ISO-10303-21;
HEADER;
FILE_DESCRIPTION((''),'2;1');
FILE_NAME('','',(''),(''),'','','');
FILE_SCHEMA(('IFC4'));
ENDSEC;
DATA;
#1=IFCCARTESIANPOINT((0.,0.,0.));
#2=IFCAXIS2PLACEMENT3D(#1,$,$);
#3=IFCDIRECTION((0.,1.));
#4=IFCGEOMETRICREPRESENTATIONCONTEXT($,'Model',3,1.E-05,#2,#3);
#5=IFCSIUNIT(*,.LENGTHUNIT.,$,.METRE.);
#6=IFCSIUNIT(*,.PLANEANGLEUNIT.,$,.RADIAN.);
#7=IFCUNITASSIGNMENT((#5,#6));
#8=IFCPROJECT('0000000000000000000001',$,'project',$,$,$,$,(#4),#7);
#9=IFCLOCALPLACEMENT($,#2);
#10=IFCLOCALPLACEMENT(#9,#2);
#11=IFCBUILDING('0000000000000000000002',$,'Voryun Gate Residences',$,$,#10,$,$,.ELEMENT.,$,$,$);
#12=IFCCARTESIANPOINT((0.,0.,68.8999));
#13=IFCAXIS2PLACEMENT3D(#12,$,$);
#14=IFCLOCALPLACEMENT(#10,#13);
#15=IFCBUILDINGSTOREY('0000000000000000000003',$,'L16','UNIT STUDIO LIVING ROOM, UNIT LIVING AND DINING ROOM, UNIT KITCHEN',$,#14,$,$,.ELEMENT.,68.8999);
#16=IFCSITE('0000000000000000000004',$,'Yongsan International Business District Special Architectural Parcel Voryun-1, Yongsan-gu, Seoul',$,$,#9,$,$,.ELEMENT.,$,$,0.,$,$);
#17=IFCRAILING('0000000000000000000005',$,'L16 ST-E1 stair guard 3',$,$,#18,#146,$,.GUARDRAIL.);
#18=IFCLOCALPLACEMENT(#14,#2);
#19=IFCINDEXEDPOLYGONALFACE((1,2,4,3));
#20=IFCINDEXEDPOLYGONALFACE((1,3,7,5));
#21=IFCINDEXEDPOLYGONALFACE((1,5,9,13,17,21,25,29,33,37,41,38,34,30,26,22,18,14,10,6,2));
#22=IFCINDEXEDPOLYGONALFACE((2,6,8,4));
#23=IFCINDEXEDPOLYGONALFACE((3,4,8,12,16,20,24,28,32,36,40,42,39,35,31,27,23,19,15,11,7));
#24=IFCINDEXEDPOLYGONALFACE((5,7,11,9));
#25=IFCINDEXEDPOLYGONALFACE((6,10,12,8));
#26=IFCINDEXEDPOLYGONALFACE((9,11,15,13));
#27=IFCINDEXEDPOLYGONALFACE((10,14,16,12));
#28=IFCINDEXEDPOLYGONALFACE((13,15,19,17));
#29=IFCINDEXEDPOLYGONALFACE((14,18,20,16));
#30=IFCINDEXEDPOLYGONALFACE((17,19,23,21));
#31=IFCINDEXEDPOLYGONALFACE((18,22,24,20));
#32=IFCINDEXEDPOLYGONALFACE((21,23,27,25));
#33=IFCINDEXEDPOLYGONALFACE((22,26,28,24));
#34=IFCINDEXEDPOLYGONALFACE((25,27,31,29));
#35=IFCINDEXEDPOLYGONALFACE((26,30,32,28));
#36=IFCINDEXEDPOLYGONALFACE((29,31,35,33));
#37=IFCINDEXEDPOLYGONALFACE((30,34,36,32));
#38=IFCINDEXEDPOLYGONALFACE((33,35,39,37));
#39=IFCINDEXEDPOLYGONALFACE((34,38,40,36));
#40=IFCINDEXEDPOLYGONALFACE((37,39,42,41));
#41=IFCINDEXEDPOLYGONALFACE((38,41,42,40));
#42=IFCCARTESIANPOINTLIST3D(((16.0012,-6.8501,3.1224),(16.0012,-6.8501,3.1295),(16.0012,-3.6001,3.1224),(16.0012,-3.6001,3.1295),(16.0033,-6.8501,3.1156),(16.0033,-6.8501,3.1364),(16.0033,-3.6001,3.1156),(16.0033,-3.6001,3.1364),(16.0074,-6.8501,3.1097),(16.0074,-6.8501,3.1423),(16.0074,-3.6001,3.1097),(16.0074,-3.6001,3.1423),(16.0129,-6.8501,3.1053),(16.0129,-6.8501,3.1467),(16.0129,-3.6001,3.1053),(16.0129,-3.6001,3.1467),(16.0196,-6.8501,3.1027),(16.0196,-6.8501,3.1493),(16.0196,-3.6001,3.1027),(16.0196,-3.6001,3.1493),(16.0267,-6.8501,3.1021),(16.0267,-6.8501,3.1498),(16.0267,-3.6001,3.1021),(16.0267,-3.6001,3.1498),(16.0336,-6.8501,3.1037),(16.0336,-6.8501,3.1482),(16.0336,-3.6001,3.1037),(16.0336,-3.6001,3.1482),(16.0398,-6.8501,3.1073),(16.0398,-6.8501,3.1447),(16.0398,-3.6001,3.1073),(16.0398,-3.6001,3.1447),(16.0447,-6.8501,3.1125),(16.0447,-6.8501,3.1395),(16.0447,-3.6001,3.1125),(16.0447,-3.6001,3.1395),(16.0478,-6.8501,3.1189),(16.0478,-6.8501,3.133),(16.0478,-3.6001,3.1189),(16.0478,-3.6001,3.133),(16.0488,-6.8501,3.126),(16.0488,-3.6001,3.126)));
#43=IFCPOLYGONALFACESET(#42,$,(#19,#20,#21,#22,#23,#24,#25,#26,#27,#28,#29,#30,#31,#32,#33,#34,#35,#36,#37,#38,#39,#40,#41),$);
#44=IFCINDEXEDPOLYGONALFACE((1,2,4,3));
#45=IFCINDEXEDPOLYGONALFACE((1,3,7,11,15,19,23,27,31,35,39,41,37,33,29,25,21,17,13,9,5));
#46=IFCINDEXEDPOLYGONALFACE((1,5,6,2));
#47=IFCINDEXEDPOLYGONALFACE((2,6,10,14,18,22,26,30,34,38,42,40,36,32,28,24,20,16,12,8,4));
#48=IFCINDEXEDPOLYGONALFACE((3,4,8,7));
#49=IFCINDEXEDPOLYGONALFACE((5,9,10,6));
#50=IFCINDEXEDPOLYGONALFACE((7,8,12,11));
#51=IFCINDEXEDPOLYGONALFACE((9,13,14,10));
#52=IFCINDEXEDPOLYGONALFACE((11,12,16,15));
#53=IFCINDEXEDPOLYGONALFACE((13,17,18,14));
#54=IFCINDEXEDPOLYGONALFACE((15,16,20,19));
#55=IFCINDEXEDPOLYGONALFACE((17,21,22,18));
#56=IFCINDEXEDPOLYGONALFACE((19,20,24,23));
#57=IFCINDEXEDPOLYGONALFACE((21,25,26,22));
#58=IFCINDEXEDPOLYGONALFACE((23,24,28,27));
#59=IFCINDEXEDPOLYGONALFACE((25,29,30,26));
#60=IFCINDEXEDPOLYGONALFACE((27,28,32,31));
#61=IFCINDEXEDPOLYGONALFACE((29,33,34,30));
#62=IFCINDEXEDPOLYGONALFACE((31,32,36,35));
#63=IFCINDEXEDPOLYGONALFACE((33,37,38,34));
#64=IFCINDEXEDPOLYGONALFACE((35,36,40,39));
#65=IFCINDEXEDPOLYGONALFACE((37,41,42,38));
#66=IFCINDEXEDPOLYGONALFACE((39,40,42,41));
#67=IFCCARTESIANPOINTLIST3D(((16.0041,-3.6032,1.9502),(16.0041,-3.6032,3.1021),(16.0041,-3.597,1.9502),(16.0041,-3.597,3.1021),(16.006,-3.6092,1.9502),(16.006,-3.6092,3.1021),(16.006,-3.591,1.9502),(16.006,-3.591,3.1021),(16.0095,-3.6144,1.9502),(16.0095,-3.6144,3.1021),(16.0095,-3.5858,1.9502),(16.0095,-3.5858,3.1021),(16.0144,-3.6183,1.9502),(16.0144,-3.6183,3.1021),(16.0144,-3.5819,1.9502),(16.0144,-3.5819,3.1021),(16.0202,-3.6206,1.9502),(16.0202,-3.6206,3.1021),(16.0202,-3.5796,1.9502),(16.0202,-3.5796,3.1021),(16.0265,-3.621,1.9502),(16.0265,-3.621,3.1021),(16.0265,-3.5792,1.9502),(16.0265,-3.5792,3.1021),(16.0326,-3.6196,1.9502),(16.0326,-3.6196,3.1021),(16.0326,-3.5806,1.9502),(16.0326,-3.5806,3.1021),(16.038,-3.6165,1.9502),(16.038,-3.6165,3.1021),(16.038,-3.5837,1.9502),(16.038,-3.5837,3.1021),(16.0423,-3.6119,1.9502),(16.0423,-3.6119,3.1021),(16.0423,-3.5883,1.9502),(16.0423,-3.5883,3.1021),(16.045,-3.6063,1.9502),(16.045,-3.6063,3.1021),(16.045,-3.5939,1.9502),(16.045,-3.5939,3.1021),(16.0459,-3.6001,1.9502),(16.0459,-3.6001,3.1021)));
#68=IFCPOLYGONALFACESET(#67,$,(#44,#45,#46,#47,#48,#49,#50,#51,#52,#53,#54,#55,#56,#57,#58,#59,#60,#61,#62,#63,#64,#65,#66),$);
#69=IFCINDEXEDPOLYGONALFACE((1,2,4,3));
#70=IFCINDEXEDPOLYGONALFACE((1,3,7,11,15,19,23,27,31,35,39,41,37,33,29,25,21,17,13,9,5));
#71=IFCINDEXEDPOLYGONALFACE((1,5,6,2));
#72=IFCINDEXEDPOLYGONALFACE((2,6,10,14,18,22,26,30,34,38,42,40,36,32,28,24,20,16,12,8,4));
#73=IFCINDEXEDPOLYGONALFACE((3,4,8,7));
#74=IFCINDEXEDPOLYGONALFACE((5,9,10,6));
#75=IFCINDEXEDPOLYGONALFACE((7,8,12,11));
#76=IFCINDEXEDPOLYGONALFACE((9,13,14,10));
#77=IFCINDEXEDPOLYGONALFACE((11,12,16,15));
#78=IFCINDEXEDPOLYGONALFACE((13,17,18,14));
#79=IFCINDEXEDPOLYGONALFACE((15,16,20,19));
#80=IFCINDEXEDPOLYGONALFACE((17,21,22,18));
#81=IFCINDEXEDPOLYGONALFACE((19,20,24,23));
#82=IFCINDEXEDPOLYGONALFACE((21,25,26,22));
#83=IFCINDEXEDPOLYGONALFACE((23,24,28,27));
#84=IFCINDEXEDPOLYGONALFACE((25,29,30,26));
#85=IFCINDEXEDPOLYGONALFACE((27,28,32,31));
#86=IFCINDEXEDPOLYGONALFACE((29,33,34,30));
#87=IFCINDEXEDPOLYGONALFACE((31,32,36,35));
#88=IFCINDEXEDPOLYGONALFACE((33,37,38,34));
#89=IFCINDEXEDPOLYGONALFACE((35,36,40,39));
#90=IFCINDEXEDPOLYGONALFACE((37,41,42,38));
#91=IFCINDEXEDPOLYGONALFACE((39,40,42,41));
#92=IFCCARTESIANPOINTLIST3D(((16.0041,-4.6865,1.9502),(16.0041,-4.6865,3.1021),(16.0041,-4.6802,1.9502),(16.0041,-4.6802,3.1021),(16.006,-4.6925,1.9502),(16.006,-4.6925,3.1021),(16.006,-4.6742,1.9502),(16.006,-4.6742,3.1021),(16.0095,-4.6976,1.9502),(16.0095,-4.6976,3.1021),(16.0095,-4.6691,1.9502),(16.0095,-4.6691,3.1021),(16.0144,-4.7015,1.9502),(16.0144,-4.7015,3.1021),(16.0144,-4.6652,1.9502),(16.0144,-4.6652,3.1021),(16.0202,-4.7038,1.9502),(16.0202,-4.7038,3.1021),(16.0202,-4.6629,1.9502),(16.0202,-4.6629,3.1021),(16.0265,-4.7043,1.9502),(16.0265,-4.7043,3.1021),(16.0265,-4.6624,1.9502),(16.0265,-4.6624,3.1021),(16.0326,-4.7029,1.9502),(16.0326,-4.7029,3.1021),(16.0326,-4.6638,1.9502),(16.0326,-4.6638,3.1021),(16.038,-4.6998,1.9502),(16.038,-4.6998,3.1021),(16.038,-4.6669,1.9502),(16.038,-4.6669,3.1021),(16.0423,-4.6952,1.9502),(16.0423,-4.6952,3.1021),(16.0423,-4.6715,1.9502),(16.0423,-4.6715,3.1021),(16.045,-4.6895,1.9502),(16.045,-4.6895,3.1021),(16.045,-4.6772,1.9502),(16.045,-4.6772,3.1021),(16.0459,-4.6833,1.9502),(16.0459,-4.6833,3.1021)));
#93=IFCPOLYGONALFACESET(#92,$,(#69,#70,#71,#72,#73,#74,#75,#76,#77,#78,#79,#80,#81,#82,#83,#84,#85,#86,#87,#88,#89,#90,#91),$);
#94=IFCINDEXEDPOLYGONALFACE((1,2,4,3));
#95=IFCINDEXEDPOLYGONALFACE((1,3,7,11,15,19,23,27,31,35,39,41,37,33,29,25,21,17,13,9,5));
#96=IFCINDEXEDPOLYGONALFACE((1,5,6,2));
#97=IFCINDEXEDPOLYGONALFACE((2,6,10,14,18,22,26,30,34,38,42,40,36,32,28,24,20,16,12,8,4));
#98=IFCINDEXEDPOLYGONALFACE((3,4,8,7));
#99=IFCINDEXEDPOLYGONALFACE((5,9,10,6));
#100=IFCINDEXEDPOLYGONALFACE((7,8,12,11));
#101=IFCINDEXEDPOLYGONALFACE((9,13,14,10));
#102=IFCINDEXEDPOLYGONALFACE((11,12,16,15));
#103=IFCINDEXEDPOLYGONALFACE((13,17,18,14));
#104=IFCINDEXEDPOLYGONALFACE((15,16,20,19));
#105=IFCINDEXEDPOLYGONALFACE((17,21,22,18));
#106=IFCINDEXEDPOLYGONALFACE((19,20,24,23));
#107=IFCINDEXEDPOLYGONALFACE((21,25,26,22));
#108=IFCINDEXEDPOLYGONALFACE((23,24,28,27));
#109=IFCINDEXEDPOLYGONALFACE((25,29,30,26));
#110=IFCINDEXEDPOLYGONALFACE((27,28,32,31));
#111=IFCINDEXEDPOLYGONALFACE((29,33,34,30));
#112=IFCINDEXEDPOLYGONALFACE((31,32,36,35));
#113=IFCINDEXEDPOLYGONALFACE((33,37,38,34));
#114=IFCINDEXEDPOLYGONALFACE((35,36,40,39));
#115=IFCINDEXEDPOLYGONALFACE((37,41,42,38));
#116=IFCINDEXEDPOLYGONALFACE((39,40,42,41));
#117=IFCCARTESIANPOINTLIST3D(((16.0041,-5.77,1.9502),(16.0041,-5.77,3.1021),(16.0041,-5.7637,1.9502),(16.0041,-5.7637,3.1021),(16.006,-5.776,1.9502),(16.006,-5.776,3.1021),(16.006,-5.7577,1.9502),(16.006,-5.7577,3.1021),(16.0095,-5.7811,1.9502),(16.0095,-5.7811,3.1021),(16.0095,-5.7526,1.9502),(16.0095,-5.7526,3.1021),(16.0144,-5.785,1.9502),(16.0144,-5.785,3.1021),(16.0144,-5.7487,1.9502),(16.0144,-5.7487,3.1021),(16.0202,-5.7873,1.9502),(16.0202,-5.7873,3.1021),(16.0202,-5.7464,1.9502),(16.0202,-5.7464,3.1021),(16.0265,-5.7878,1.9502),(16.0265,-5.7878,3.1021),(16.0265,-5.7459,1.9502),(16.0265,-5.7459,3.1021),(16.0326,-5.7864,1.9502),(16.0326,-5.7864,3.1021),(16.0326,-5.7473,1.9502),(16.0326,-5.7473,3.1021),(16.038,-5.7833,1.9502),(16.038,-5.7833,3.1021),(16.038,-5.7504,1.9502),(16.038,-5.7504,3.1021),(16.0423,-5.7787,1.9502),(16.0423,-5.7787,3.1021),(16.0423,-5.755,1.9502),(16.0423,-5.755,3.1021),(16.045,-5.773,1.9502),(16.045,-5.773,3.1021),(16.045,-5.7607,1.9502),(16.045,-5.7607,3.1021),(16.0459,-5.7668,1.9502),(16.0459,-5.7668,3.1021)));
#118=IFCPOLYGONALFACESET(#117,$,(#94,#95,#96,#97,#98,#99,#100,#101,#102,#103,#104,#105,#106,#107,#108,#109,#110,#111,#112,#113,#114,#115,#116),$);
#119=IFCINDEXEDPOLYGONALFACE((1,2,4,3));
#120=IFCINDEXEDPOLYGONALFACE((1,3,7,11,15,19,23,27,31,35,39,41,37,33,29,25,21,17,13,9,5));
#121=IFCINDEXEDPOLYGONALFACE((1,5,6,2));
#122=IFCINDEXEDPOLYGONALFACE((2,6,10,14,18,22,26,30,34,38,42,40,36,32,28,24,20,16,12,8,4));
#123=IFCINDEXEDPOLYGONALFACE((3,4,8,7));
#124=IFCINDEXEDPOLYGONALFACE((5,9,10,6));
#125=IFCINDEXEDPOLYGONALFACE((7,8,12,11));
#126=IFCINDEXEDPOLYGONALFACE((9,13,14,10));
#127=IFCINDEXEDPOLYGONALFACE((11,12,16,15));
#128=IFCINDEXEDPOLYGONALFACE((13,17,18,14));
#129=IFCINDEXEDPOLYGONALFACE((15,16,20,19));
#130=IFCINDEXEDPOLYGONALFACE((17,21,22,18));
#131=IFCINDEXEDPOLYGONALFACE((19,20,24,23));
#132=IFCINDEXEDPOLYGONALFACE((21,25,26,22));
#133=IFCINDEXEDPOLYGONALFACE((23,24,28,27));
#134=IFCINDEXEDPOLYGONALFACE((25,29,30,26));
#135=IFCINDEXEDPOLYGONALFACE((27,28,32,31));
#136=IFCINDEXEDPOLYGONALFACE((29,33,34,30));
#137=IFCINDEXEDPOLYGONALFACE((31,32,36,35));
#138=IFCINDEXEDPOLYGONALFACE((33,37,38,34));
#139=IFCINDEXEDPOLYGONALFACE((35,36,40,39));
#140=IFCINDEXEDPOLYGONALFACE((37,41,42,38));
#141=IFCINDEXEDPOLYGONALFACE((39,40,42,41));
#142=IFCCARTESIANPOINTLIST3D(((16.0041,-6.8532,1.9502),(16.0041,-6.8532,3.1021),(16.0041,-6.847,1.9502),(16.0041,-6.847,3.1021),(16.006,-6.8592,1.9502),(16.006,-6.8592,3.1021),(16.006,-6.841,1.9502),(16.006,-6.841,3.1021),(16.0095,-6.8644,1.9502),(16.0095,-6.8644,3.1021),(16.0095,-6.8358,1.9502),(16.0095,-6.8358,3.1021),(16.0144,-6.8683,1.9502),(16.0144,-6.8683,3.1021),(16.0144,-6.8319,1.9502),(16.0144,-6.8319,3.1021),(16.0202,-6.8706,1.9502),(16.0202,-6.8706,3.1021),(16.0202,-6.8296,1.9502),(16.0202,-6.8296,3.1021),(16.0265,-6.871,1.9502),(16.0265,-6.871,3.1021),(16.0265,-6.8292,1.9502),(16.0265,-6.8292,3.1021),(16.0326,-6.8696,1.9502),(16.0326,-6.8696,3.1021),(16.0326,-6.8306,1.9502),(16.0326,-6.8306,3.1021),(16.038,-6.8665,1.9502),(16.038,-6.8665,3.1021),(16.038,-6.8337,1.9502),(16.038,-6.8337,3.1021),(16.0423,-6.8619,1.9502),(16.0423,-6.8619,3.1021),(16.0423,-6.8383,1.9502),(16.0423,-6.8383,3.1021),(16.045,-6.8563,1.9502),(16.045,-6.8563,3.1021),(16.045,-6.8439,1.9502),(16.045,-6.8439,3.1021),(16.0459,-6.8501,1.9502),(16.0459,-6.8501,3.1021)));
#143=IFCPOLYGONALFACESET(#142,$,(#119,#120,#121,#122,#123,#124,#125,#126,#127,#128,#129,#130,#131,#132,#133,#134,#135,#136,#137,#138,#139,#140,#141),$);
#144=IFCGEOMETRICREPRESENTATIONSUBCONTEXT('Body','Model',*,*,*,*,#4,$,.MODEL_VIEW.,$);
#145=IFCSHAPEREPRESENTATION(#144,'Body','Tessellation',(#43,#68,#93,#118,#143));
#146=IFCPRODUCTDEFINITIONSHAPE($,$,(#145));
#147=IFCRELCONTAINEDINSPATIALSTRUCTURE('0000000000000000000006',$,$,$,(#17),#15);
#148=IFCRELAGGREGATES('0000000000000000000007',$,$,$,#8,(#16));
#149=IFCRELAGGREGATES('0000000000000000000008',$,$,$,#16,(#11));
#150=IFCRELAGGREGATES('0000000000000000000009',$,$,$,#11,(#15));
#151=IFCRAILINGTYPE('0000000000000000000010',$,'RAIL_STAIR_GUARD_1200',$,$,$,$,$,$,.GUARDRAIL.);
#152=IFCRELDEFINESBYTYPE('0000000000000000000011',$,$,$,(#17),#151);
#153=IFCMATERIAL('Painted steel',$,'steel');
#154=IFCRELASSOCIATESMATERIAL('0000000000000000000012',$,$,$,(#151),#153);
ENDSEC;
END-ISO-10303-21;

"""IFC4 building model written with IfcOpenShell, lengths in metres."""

from ifc_helpers import new_model, si_unit, direction, frame, origin, origin_2d, place, context, subcontext, project, spatial, circle, extrude, material, type_object, element, save


model = new_model("IFC4")

# Units and contexts
model_context = context("Model", 3, precision=1e-05, world=origin(), true_north=direction((0.0, 1.0)))
body_context = subcontext(model_context, "Body", "Model", "MODEL_VIEW")
ifc_project = project(units=[si_unit("LENGTHUNIT", "METRE"), si_unit("PLANEANGLEUNIT", "RADIAN")], contexts=[model_context])

# Site, building, storey
site_placement = place(None, origin())
site = spatial("IfcSite", under=ifc_project, at=site_placement, Name="Yongsan International Business District Special Architectural Parcel Voryun-1, Yongsan-gu, Seoul", CompositionType="ELEMENT", RefElevation=0.0)
building_placement = place(site_placement, origin())
building = spatial("IfcBuilding", under=site, at=building_placement, Name="Voryun Gate Residences", CompositionType="ELEMENT")
storey_placement = place(building_placement, frame((0.0, 0.0, 68.8999)))
storey = spatial("IfcBuildingStorey", under=building, at=storey_placement, Name="L16", Description="UNIT STUDIO LIVING ROOM, UNIT LIVING AND DINING ROOM, UNIT KITCHEN", CompositionType="ELEMENT", Elevation=68.8999)

# Railing
ifc_material_1 = material(Name="Painted steel", Category="steel")
railing_type_1 = type_object("IfcRailingType", Name="RAIL_STAIR_GUARD_1200", PredefinedType="GUARDRAIL", material=ifc_material_1)
for number, where, name in (
    (1, (16.0249, -3.6001, 1.9502), "L16 ST-E1 stair guard 3"),
):
    element("IfcRailing", number, at=place(storey_placement, frame(where)), inside=storey, type_object=railing_type_1, Name=name, PredefinedType="GUARDRAIL", context=body_context, shape_type="SweptSolid", body=[
        extrude(circle(Radius=0.0239, at=origin_2d()), frame((0.0, 0.0, 1.1758), z_axis=(0.0, -1.0, 0.0), x_axis=(1.0, 0.0, 0.0)), (0.0, 0.0, 1.0), 3.25),
        extrude(circle(Radius=0.021, at=origin_2d()), origin(), (0.0, 0.0, 1.0), 1.1519),
        extrude(circle(Radius=0.021, at=origin_2d()), frame((0.0, -1.0833, 0.0)), (0.0, 0.0, 1.0), 1.1519),
        extrude(circle(Radius=0.021, at=origin_2d()), frame((0.0, -2.1667, 0.0)), (0.0, 0.0, 1.0), 1.1519),
        extrude(circle(Radius=0.021, at=origin_2d()), frame((0.0, -3.25, 0.0)), (0.0, 0.0, 1.0), 1.1519),
    ])

save(model, "model.ifc")
